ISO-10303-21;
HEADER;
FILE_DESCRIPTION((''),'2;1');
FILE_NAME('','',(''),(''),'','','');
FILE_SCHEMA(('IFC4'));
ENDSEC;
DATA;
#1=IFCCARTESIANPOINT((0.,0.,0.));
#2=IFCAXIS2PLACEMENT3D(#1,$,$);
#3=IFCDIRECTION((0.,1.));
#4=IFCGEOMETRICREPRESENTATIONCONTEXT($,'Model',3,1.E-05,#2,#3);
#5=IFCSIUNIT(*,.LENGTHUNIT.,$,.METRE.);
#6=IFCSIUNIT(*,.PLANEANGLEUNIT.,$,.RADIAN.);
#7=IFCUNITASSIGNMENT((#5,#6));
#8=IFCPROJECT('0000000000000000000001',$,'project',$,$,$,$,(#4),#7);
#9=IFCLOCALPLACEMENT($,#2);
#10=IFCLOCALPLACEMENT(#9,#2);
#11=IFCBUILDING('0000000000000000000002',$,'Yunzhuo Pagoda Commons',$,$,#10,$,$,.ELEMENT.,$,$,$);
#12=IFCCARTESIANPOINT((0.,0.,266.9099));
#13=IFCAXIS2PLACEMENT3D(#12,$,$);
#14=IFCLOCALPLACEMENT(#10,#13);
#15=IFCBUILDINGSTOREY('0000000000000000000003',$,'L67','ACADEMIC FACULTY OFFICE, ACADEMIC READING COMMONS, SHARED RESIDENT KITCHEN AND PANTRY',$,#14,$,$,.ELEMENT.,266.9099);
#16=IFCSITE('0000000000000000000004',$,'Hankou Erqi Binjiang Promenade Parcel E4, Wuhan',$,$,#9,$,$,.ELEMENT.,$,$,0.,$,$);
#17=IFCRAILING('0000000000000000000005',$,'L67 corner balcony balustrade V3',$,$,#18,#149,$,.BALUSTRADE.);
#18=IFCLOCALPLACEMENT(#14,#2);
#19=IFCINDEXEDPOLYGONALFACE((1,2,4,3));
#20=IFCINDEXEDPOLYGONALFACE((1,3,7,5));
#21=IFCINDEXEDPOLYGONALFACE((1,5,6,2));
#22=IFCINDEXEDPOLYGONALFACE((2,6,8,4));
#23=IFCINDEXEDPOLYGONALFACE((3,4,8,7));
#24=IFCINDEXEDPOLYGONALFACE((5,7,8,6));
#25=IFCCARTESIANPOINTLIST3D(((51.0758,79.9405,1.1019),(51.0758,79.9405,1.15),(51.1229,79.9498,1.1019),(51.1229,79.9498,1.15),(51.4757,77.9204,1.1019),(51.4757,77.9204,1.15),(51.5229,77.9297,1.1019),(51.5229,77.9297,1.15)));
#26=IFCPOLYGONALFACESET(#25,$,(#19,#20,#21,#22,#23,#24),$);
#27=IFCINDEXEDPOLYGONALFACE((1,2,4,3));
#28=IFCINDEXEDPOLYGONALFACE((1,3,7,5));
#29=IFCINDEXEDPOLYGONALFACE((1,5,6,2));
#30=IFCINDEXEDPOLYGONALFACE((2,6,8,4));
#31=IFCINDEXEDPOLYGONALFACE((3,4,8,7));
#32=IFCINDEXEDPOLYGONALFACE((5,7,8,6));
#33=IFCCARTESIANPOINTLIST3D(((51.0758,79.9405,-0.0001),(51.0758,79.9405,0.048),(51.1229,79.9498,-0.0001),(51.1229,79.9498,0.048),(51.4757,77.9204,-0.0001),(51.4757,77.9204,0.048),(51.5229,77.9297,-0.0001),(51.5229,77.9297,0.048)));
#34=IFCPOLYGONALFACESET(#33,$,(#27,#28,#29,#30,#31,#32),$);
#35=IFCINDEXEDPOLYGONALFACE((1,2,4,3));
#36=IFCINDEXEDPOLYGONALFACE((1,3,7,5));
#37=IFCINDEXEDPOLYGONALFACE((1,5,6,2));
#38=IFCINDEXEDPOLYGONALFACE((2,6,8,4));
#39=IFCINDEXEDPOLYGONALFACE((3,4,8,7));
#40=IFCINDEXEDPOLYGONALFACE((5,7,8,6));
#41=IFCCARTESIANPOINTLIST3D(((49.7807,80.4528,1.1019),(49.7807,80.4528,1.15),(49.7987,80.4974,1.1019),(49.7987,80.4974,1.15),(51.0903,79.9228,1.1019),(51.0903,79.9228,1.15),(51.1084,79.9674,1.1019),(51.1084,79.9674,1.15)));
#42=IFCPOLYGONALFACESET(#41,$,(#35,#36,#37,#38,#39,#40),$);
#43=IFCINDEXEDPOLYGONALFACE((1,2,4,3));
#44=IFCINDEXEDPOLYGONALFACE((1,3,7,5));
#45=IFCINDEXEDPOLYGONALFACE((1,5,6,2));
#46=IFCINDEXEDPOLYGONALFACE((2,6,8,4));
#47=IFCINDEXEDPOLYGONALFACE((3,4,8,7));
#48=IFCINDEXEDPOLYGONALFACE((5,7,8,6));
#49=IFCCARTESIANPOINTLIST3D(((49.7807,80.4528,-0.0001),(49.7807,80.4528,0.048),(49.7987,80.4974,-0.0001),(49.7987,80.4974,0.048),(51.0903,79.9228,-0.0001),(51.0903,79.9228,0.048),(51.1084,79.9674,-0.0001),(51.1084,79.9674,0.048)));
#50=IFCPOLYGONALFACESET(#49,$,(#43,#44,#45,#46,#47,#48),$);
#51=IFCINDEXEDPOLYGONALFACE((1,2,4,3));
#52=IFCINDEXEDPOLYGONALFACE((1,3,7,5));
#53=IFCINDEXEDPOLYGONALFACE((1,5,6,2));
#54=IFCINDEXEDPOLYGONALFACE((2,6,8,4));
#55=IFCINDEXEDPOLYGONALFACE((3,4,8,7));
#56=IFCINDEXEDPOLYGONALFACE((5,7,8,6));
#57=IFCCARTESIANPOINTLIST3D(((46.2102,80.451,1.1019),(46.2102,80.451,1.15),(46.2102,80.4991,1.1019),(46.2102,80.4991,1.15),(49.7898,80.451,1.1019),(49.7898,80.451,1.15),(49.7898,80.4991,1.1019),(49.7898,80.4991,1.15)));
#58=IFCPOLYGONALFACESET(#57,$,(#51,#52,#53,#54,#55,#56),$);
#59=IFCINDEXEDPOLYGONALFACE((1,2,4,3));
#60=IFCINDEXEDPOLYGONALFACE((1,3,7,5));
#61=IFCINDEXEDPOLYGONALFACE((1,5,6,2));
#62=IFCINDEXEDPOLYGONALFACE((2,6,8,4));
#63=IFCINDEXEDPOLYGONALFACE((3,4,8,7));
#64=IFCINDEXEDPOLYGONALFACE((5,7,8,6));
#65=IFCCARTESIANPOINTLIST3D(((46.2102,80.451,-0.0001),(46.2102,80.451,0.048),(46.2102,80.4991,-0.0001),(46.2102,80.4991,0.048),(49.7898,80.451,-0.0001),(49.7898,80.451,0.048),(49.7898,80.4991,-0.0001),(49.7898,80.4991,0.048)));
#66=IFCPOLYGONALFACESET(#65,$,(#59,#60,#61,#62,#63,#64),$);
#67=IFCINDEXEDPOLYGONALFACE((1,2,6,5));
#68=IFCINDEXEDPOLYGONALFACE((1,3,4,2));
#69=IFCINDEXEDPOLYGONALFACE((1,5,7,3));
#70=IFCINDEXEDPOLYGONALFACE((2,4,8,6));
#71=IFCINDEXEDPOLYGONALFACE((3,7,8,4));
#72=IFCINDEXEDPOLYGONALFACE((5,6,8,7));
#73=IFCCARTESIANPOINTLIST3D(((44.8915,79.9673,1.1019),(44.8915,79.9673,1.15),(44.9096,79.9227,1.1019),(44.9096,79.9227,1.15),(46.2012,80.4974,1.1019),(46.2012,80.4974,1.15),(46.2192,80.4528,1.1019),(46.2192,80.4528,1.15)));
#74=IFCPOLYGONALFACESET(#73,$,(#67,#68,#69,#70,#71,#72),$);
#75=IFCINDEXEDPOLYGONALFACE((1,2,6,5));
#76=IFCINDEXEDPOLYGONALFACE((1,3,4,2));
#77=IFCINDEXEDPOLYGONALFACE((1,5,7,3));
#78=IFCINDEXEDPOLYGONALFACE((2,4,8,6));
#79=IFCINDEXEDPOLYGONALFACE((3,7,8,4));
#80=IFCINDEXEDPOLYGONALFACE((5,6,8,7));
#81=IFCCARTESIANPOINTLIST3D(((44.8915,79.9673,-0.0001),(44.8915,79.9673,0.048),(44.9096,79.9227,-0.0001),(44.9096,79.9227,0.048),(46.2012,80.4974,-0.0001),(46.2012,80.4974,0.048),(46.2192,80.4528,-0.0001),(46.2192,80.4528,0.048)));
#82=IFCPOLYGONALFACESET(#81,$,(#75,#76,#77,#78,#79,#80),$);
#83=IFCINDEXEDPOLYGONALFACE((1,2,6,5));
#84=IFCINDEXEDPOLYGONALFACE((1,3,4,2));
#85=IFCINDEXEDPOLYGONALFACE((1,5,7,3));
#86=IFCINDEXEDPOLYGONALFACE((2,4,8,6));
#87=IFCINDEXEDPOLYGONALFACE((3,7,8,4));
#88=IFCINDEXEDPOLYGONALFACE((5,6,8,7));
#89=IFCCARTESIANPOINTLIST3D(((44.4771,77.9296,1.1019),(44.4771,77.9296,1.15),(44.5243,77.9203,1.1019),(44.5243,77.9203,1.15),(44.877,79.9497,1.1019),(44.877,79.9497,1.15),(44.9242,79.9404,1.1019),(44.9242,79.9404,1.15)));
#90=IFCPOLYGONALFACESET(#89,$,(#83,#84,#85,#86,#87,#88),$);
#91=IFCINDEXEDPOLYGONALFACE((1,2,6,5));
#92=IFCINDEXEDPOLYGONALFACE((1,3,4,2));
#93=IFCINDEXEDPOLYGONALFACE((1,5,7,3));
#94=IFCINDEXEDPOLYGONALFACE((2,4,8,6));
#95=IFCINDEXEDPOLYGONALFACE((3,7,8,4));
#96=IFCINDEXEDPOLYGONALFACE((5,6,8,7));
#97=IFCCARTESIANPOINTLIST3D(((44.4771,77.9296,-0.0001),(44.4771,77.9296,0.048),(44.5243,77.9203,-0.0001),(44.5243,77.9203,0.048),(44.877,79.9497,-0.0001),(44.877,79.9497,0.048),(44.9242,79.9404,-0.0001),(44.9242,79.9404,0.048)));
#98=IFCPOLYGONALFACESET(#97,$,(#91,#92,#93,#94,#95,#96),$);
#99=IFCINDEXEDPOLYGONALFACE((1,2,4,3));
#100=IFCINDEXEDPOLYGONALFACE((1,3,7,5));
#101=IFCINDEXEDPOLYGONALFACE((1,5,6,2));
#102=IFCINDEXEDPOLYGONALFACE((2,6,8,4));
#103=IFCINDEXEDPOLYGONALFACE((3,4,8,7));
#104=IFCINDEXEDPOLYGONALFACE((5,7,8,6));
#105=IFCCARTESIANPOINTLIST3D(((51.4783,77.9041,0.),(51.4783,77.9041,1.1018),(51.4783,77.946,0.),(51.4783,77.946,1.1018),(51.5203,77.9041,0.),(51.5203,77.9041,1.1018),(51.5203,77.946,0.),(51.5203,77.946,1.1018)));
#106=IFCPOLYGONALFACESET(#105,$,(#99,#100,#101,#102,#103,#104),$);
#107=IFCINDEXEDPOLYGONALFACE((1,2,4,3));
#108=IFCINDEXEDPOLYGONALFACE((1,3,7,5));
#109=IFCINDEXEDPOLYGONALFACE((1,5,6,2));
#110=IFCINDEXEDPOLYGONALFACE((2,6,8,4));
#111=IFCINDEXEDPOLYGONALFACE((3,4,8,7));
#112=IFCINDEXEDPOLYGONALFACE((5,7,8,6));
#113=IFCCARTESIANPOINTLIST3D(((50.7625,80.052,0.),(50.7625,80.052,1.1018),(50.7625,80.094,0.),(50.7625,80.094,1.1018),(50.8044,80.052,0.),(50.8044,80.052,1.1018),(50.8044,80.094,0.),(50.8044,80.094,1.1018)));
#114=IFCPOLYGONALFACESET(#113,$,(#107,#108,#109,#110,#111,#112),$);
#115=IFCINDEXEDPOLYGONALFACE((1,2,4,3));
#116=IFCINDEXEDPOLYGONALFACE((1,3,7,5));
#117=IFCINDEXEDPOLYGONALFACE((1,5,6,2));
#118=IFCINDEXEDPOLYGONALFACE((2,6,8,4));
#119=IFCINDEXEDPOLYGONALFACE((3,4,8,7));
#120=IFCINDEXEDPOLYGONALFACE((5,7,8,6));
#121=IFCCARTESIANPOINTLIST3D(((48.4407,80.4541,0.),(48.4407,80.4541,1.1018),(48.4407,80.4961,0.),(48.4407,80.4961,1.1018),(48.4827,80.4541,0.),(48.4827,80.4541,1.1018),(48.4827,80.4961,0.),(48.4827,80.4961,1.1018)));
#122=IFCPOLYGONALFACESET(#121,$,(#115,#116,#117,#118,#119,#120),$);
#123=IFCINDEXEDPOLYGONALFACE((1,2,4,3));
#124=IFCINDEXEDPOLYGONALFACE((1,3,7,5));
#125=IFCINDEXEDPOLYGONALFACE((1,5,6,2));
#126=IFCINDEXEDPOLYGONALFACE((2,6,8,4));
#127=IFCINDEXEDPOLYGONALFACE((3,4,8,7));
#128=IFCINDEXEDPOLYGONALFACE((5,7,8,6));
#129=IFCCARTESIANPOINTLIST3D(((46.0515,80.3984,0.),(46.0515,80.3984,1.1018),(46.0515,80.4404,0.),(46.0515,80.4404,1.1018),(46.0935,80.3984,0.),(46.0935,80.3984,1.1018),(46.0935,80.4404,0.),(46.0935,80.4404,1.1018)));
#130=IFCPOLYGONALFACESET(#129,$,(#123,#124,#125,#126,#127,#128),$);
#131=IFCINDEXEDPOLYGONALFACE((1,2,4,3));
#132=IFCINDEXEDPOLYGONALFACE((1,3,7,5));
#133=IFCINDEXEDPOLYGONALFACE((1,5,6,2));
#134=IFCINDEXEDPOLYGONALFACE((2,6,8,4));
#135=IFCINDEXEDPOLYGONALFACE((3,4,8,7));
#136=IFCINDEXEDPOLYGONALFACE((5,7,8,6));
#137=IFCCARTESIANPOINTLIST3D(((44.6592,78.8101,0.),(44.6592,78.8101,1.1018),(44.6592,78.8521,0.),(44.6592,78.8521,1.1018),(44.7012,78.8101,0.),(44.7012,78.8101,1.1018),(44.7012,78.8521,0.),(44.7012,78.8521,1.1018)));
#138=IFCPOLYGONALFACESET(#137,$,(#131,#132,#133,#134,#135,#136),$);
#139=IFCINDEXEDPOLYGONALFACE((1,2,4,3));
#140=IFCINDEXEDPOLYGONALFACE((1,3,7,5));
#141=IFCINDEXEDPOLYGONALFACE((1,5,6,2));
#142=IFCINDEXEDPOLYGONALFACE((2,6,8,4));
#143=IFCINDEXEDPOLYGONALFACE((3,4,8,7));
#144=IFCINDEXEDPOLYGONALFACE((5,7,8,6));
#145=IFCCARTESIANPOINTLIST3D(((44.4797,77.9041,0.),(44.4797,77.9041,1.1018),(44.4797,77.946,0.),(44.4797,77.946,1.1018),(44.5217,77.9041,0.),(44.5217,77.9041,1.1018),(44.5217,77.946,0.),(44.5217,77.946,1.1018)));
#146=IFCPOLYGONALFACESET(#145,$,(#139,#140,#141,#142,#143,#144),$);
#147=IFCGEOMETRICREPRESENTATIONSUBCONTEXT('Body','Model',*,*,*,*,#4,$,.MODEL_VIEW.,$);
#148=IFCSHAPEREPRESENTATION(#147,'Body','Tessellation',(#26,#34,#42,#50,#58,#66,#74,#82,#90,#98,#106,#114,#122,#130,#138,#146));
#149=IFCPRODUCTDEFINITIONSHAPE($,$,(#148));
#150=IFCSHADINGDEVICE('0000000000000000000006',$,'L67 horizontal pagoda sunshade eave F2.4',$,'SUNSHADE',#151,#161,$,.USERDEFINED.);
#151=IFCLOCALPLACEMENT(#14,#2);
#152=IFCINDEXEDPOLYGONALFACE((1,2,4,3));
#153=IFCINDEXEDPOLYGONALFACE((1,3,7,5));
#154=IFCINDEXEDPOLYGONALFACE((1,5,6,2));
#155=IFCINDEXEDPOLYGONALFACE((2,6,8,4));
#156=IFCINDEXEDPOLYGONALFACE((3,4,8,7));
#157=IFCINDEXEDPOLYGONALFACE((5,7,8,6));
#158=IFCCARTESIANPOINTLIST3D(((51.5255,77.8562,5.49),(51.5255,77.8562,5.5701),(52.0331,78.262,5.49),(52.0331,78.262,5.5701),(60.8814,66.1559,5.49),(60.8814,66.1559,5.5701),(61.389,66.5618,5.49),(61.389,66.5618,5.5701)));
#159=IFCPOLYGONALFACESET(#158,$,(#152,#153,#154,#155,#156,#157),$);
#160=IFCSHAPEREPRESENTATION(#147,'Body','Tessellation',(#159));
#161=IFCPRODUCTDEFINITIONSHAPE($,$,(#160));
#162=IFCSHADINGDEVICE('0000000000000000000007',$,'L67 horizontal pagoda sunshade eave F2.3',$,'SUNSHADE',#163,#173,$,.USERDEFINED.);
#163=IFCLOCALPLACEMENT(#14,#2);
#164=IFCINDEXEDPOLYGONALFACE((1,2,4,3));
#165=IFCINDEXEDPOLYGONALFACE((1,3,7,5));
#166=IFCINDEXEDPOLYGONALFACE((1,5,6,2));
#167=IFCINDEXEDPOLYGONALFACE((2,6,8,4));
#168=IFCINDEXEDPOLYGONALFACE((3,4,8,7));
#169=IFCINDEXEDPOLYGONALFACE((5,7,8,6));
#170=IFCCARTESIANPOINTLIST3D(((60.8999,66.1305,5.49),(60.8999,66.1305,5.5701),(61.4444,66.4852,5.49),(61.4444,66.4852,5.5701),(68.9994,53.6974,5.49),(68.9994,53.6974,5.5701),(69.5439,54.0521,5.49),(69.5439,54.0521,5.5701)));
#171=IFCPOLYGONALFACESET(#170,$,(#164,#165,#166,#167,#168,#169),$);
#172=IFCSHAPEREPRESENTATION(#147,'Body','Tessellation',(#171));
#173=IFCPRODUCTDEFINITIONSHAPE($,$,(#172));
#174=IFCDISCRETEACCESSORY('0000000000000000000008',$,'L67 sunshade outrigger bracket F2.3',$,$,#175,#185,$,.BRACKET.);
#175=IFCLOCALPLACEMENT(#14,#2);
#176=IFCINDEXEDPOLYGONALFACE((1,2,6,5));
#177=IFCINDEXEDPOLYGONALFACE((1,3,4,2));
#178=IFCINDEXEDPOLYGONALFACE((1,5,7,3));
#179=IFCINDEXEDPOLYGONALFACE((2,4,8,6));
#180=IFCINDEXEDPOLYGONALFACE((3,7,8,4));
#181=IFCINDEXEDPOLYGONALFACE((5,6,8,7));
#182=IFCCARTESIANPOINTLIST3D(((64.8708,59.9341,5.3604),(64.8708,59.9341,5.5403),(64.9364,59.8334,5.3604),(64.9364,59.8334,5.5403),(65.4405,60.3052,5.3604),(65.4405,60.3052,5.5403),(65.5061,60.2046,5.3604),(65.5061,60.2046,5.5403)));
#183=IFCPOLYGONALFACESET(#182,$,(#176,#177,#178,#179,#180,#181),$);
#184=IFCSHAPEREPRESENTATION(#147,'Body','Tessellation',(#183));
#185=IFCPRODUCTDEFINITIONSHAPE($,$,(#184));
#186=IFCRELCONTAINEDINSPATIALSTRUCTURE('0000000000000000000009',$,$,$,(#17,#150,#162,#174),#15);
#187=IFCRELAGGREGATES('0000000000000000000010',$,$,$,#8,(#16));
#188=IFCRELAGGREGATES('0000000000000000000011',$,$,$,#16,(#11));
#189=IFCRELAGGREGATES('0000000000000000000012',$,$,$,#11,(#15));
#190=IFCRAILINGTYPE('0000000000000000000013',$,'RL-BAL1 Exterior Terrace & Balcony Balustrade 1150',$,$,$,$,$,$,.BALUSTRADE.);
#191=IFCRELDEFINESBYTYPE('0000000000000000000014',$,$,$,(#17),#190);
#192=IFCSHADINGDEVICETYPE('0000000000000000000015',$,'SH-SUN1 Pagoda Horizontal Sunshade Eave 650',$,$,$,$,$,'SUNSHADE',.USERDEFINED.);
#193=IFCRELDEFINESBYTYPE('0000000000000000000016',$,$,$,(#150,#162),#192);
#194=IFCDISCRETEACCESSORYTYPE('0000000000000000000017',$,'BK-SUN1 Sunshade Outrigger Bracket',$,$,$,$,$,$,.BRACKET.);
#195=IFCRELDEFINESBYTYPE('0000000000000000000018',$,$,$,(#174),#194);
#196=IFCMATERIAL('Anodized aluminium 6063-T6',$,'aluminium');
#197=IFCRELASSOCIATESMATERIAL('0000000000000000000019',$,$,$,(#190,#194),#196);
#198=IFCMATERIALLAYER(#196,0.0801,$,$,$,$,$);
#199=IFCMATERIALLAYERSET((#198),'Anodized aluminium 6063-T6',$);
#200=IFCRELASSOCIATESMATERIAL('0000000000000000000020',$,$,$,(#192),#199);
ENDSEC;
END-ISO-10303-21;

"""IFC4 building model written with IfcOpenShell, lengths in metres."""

from ifc_helpers import new_model, si_unit, direction, frame, origin, origin_2d, place, context, subcontext, project, spatial, rectangle, extrude, source, transform, mapped, material, layer, layer_set, type_object, element, save


model = new_model("IFC4")

# Units and contexts
model_context = context("Model", 3, precision=1e-05, world=origin(), true_north=direction((0.0, 1.0)))
body_context = subcontext(model_context, "Body", "Model", "MODEL_VIEW")
ifc_project = project(units=[si_unit("LENGTHUNIT", "METRE"), si_unit("PLANEANGLEUNIT", "RADIAN")], contexts=[model_context])

# Site, building, storey
site_placement = place(None, origin())
site = spatial("IfcSite", under=ifc_project, at=site_placement, Name="Hankou Erqi Binjiang Promenade Parcel E4, Wuhan", CompositionType="ELEMENT", RefElevation=0.0)
building_placement = place(site_placement, origin())
building = spatial("IfcBuilding", under=site, at=building_placement, Name="Yunzhuo Pagoda Commons", CompositionType="ELEMENT")
storey_placement = place(building_placement, frame((0.0, 0.0, 266.9099)))
storey = spatial("IfcBuildingStorey", under=building, at=storey_placement, Name="L67", Description="ACADEMIC FACULTY OFFICE, ACADEMIC READING COMMONS, SHARED RESIDENT KITCHEN AND PANTRY", CompositionType="ELEMENT", Elevation=266.9099)

# Shared definitions
ifc_material_1 = material(Name="Anodized aluminium 6063-T6", Category="aluminium")

# Railing
railing_type_1 = type_object("IfcRailingType", Name="RL-BAL1 Exterior Terrace & Balcony Balustrade 1150", PredefinedType="BALUSTRADE", material=ifc_material_1)
railing_1_placement = place(storey_placement, frame((51.4993, 77.925, 0.0)))
element("IfcRailing", 1, at=railing_1_placement, inside=storey, type_object=railing_type_1, Name="L67 corner balcony balustrade V3", PredefinedType="BALUSTRADE", context=body_context, shape_type="SweptSolid", body=[
    extrude(rectangle(XDim=0.0481, YDim=0.0481, at=origin_2d()), frame((0.0, 0.0, 1.126), z_axis=(-0.194201, 0.980962, 0.0), x_axis=(-0.980962, -0.194201, 0.0)), (0.0, 0.0, 1.0), 2.0593),
    extrude(rectangle(XDim=0.0481, YDim=0.0481, at=origin_2d()), frame((0.0, 0.0, 0.0239), z_axis=(-0.194201, 0.980962, 0.0), x_axis=(-0.980962, -0.194201, 0.0)), (0.0, 0.0, 1.0), 2.0593),
    extrude(rectangle(XDim=0.0481, YDim=0.0481, at=origin_2d()), frame((-0.3999, 2.02, 1.126), z_axis=(-0.926955, 0.375172, 0.0), x_axis=(-0.375172, -0.926955, 0.0)), (0.0, 0.0, 1.0), 1.4128),
    extrude(rectangle(XDim=0.0481, YDim=0.0481, at=origin_2d()), frame((-0.3999, 2.02, 0.0239), z_axis=(-0.926955, 0.375172, 0.0), x_axis=(-0.375172, -0.926955, 0.0)), (0.0, 0.0, 1.0), 1.4128),
    extrude(rectangle(XDim=0.0481, YDim=0.0481, at=origin_2d()), frame((-1.7095, 2.55, 1.126), z_axis=(-1.0, 0.0, 0.0), x_axis=(0.0, -1.0, 0.0)), (0.0, 0.0, 1.0), 3.5796),
    extrude(rectangle(XDim=0.0481, YDim=0.0481, at=origin_2d()), frame((-1.7095, 2.55, 0.0239), z_axis=(-1.0, 0.0, 0.0), x_axis=(0.0, -1.0, 0.0)), (0.0, 0.0, 1.0), 3.5796),
    extrude(rectangle(XDim=0.0481, YDim=0.0481, at=origin_2d()), frame((-5.2891, 2.55, 1.126), z_axis=(-0.926955, -0.375172, 0.0), x_axis=(0.375172, -0.926955, 0.0)), (0.0, 0.0, 1.0), 1.4128),
    extrude(rectangle(XDim=0.0481, YDim=0.0481, at=origin_2d()), frame((-5.2891, 2.55, 0.0239), z_axis=(-0.926955, -0.375172, 0.0), x_axis=(0.375172, -0.926955, 0.0)), (0.0, 0.0, 1.0), 1.4128),
    extrude(rectangle(XDim=0.0481, YDim=0.0481, at=origin_2d()), frame((-6.5986, 2.02, 1.126), z_axis=(-0.194201, -0.980962, 0.0), x_axis=(0.980962, -0.194201, 0.0)), (0.0, 0.0, 1.0), 2.0593),
    extrude(rectangle(XDim=0.0481, YDim=0.0481, at=origin_2d()), frame((-6.5986, 2.02, 0.0239), z_axis=(-0.194201, -0.980962, 0.0), x_axis=(0.980962, -0.194201, 0.0)), (0.0, 0.0, 1.0), 2.0593),
    extrude(rectangle(XDim=0.042, YDim=0.042, at=origin_2d()), origin(), (0.0, 0.0, 1.0), 1.1018),
    extrude(rectangle(XDim=0.042, YDim=0.042, at=origin_2d()), frame((-0.7158, 2.1479, 0.0)), (0.0, 0.0, 1.0), 1.1018),
    extrude(rectangle(XDim=0.042, YDim=0.042, at=origin_2d()), frame((-3.0376, 2.55, 0.0)), (0.0, 0.0, 1.0), 1.1018),
    extrude(rectangle(XDim=0.042, YDim=0.042, at=origin_2d()), frame((-5.4268, 2.4944, 0.0)), (0.0, 0.0, 1.0), 1.1018),
    extrude(rectangle(XDim=0.042, YDim=0.042, at=origin_2d()), frame((-6.8191, 0.906, 0.0)), (0.0, 0.0, 1.0), 1.1018),
    extrude(rectangle(XDim=0.042, YDim=0.042, at=origin_2d()), frame((-6.9985, 0.0, 0.0)), (0.0, 0.0, 1.0), 1.1018),
])

# Shading devices
ifc_layer_1 = layer(ifc_material_1, 0.0801)
ifc_layer_set_1 = layer_set([ifc_layer_1], Name="Anodized aluminium 6063-T6")
shading_device_type = type_object("IfcShadingDeviceType", Name="SH-SUN1 Pagoda Horizontal Sunshade Eave 650", ElementType="SUNSHADE", PredefinedType="USERDEFINED", material=ifc_layer_set_1)
shared_shape_1 = source(origin(), body_context, "Body", "SweptSolid", [
    extrude(rectangle(XDim=14.981, YDim=0.6499, at=origin_2d()), origin(), (0.0, 0.0, 1.0), 0.0801),
])
shading_device_1_placement = place(storey_placement, frame((56.4573, 72.209, 5.49), z_axis=(0.0, 0.0, 1.0), x_axis=(-0.62452, 0.781008, 0.0)))
element("IfcShadingDevice", 2, at=shading_device_1_placement, inside=storey, type_object=shading_device_type, Name="L67 horizontal pagoda sunshade eave F2.4", ObjectType="SUNSHADE", PredefinedType="USERDEFINED", context=body_context, shape_type="MappedRepresentation", body=[
    mapped(shared_shape_1, transform((0.0, 0.0, 0.0), scale=1.0)),
])
shared_shape_2 = source(origin(), body_context, "Body", "SweptSolid", [
    extrude(rectangle(XDim=14.8386, YDim=0.6499, at=origin_2d()), origin(), (0.0, 0.0, 1.0), 0.0801),
])
shading_device_2_placement = place(storey_placement, frame((65.2219, 60.0913, 5.49), z_axis=(0.0, 0.0, 1.0), x_axis=(-0.545839, 0.83789, 0.0)))
element("IfcShadingDevice", 3, at=shading_device_2_placement, inside=storey, type_object=shading_device_type, Name="L67 horizontal pagoda sunshade eave F2.3", ObjectType="SUNSHADE", PredefinedType="USERDEFINED", context=body_context, shape_type="MappedRepresentation", body=[
    mapped(shared_shape_2, transform((0.0, 0.0, 0.0), scale=1.0)),
])

# Discrete accessory
discrete_accessory_type = type_object("IfcDiscreteAccessoryType", Name="BK-SUN1 Sunshade Outrigger Bracket", PredefinedType="BRACKET", material=ifc_material_1)
shared_shape_3 = source(origin(), body_context, "Body", "SweptSolid", [
    extrude(rectangle(XDim=0.1201, YDim=0.6799, at=origin_2d()), origin(), (0.0, 0.0, 1.0), 0.1799),
])
discrete_accessory_placement = place(storey_placement, frame((65.1885, 60.0693, 5.3604), z_axis=(0.0, 0.0, 1.0), x_axis=(-0.545839, 0.83789, 0.0)))
element("IfcDiscreteAccessory", 4, at=discrete_accessory_placement, inside=storey, type_object=discrete_accessory_type, Name="L67 sunshade outrigger bracket F2.3", PredefinedType="BRACKET", context=body_context, shape_type="MappedRepresentation", body=[
    mapped(shared_shape_3, transform((0.0, 0.0, 0.0), scale=1.0)),
])

save(model, "model.ifc")
